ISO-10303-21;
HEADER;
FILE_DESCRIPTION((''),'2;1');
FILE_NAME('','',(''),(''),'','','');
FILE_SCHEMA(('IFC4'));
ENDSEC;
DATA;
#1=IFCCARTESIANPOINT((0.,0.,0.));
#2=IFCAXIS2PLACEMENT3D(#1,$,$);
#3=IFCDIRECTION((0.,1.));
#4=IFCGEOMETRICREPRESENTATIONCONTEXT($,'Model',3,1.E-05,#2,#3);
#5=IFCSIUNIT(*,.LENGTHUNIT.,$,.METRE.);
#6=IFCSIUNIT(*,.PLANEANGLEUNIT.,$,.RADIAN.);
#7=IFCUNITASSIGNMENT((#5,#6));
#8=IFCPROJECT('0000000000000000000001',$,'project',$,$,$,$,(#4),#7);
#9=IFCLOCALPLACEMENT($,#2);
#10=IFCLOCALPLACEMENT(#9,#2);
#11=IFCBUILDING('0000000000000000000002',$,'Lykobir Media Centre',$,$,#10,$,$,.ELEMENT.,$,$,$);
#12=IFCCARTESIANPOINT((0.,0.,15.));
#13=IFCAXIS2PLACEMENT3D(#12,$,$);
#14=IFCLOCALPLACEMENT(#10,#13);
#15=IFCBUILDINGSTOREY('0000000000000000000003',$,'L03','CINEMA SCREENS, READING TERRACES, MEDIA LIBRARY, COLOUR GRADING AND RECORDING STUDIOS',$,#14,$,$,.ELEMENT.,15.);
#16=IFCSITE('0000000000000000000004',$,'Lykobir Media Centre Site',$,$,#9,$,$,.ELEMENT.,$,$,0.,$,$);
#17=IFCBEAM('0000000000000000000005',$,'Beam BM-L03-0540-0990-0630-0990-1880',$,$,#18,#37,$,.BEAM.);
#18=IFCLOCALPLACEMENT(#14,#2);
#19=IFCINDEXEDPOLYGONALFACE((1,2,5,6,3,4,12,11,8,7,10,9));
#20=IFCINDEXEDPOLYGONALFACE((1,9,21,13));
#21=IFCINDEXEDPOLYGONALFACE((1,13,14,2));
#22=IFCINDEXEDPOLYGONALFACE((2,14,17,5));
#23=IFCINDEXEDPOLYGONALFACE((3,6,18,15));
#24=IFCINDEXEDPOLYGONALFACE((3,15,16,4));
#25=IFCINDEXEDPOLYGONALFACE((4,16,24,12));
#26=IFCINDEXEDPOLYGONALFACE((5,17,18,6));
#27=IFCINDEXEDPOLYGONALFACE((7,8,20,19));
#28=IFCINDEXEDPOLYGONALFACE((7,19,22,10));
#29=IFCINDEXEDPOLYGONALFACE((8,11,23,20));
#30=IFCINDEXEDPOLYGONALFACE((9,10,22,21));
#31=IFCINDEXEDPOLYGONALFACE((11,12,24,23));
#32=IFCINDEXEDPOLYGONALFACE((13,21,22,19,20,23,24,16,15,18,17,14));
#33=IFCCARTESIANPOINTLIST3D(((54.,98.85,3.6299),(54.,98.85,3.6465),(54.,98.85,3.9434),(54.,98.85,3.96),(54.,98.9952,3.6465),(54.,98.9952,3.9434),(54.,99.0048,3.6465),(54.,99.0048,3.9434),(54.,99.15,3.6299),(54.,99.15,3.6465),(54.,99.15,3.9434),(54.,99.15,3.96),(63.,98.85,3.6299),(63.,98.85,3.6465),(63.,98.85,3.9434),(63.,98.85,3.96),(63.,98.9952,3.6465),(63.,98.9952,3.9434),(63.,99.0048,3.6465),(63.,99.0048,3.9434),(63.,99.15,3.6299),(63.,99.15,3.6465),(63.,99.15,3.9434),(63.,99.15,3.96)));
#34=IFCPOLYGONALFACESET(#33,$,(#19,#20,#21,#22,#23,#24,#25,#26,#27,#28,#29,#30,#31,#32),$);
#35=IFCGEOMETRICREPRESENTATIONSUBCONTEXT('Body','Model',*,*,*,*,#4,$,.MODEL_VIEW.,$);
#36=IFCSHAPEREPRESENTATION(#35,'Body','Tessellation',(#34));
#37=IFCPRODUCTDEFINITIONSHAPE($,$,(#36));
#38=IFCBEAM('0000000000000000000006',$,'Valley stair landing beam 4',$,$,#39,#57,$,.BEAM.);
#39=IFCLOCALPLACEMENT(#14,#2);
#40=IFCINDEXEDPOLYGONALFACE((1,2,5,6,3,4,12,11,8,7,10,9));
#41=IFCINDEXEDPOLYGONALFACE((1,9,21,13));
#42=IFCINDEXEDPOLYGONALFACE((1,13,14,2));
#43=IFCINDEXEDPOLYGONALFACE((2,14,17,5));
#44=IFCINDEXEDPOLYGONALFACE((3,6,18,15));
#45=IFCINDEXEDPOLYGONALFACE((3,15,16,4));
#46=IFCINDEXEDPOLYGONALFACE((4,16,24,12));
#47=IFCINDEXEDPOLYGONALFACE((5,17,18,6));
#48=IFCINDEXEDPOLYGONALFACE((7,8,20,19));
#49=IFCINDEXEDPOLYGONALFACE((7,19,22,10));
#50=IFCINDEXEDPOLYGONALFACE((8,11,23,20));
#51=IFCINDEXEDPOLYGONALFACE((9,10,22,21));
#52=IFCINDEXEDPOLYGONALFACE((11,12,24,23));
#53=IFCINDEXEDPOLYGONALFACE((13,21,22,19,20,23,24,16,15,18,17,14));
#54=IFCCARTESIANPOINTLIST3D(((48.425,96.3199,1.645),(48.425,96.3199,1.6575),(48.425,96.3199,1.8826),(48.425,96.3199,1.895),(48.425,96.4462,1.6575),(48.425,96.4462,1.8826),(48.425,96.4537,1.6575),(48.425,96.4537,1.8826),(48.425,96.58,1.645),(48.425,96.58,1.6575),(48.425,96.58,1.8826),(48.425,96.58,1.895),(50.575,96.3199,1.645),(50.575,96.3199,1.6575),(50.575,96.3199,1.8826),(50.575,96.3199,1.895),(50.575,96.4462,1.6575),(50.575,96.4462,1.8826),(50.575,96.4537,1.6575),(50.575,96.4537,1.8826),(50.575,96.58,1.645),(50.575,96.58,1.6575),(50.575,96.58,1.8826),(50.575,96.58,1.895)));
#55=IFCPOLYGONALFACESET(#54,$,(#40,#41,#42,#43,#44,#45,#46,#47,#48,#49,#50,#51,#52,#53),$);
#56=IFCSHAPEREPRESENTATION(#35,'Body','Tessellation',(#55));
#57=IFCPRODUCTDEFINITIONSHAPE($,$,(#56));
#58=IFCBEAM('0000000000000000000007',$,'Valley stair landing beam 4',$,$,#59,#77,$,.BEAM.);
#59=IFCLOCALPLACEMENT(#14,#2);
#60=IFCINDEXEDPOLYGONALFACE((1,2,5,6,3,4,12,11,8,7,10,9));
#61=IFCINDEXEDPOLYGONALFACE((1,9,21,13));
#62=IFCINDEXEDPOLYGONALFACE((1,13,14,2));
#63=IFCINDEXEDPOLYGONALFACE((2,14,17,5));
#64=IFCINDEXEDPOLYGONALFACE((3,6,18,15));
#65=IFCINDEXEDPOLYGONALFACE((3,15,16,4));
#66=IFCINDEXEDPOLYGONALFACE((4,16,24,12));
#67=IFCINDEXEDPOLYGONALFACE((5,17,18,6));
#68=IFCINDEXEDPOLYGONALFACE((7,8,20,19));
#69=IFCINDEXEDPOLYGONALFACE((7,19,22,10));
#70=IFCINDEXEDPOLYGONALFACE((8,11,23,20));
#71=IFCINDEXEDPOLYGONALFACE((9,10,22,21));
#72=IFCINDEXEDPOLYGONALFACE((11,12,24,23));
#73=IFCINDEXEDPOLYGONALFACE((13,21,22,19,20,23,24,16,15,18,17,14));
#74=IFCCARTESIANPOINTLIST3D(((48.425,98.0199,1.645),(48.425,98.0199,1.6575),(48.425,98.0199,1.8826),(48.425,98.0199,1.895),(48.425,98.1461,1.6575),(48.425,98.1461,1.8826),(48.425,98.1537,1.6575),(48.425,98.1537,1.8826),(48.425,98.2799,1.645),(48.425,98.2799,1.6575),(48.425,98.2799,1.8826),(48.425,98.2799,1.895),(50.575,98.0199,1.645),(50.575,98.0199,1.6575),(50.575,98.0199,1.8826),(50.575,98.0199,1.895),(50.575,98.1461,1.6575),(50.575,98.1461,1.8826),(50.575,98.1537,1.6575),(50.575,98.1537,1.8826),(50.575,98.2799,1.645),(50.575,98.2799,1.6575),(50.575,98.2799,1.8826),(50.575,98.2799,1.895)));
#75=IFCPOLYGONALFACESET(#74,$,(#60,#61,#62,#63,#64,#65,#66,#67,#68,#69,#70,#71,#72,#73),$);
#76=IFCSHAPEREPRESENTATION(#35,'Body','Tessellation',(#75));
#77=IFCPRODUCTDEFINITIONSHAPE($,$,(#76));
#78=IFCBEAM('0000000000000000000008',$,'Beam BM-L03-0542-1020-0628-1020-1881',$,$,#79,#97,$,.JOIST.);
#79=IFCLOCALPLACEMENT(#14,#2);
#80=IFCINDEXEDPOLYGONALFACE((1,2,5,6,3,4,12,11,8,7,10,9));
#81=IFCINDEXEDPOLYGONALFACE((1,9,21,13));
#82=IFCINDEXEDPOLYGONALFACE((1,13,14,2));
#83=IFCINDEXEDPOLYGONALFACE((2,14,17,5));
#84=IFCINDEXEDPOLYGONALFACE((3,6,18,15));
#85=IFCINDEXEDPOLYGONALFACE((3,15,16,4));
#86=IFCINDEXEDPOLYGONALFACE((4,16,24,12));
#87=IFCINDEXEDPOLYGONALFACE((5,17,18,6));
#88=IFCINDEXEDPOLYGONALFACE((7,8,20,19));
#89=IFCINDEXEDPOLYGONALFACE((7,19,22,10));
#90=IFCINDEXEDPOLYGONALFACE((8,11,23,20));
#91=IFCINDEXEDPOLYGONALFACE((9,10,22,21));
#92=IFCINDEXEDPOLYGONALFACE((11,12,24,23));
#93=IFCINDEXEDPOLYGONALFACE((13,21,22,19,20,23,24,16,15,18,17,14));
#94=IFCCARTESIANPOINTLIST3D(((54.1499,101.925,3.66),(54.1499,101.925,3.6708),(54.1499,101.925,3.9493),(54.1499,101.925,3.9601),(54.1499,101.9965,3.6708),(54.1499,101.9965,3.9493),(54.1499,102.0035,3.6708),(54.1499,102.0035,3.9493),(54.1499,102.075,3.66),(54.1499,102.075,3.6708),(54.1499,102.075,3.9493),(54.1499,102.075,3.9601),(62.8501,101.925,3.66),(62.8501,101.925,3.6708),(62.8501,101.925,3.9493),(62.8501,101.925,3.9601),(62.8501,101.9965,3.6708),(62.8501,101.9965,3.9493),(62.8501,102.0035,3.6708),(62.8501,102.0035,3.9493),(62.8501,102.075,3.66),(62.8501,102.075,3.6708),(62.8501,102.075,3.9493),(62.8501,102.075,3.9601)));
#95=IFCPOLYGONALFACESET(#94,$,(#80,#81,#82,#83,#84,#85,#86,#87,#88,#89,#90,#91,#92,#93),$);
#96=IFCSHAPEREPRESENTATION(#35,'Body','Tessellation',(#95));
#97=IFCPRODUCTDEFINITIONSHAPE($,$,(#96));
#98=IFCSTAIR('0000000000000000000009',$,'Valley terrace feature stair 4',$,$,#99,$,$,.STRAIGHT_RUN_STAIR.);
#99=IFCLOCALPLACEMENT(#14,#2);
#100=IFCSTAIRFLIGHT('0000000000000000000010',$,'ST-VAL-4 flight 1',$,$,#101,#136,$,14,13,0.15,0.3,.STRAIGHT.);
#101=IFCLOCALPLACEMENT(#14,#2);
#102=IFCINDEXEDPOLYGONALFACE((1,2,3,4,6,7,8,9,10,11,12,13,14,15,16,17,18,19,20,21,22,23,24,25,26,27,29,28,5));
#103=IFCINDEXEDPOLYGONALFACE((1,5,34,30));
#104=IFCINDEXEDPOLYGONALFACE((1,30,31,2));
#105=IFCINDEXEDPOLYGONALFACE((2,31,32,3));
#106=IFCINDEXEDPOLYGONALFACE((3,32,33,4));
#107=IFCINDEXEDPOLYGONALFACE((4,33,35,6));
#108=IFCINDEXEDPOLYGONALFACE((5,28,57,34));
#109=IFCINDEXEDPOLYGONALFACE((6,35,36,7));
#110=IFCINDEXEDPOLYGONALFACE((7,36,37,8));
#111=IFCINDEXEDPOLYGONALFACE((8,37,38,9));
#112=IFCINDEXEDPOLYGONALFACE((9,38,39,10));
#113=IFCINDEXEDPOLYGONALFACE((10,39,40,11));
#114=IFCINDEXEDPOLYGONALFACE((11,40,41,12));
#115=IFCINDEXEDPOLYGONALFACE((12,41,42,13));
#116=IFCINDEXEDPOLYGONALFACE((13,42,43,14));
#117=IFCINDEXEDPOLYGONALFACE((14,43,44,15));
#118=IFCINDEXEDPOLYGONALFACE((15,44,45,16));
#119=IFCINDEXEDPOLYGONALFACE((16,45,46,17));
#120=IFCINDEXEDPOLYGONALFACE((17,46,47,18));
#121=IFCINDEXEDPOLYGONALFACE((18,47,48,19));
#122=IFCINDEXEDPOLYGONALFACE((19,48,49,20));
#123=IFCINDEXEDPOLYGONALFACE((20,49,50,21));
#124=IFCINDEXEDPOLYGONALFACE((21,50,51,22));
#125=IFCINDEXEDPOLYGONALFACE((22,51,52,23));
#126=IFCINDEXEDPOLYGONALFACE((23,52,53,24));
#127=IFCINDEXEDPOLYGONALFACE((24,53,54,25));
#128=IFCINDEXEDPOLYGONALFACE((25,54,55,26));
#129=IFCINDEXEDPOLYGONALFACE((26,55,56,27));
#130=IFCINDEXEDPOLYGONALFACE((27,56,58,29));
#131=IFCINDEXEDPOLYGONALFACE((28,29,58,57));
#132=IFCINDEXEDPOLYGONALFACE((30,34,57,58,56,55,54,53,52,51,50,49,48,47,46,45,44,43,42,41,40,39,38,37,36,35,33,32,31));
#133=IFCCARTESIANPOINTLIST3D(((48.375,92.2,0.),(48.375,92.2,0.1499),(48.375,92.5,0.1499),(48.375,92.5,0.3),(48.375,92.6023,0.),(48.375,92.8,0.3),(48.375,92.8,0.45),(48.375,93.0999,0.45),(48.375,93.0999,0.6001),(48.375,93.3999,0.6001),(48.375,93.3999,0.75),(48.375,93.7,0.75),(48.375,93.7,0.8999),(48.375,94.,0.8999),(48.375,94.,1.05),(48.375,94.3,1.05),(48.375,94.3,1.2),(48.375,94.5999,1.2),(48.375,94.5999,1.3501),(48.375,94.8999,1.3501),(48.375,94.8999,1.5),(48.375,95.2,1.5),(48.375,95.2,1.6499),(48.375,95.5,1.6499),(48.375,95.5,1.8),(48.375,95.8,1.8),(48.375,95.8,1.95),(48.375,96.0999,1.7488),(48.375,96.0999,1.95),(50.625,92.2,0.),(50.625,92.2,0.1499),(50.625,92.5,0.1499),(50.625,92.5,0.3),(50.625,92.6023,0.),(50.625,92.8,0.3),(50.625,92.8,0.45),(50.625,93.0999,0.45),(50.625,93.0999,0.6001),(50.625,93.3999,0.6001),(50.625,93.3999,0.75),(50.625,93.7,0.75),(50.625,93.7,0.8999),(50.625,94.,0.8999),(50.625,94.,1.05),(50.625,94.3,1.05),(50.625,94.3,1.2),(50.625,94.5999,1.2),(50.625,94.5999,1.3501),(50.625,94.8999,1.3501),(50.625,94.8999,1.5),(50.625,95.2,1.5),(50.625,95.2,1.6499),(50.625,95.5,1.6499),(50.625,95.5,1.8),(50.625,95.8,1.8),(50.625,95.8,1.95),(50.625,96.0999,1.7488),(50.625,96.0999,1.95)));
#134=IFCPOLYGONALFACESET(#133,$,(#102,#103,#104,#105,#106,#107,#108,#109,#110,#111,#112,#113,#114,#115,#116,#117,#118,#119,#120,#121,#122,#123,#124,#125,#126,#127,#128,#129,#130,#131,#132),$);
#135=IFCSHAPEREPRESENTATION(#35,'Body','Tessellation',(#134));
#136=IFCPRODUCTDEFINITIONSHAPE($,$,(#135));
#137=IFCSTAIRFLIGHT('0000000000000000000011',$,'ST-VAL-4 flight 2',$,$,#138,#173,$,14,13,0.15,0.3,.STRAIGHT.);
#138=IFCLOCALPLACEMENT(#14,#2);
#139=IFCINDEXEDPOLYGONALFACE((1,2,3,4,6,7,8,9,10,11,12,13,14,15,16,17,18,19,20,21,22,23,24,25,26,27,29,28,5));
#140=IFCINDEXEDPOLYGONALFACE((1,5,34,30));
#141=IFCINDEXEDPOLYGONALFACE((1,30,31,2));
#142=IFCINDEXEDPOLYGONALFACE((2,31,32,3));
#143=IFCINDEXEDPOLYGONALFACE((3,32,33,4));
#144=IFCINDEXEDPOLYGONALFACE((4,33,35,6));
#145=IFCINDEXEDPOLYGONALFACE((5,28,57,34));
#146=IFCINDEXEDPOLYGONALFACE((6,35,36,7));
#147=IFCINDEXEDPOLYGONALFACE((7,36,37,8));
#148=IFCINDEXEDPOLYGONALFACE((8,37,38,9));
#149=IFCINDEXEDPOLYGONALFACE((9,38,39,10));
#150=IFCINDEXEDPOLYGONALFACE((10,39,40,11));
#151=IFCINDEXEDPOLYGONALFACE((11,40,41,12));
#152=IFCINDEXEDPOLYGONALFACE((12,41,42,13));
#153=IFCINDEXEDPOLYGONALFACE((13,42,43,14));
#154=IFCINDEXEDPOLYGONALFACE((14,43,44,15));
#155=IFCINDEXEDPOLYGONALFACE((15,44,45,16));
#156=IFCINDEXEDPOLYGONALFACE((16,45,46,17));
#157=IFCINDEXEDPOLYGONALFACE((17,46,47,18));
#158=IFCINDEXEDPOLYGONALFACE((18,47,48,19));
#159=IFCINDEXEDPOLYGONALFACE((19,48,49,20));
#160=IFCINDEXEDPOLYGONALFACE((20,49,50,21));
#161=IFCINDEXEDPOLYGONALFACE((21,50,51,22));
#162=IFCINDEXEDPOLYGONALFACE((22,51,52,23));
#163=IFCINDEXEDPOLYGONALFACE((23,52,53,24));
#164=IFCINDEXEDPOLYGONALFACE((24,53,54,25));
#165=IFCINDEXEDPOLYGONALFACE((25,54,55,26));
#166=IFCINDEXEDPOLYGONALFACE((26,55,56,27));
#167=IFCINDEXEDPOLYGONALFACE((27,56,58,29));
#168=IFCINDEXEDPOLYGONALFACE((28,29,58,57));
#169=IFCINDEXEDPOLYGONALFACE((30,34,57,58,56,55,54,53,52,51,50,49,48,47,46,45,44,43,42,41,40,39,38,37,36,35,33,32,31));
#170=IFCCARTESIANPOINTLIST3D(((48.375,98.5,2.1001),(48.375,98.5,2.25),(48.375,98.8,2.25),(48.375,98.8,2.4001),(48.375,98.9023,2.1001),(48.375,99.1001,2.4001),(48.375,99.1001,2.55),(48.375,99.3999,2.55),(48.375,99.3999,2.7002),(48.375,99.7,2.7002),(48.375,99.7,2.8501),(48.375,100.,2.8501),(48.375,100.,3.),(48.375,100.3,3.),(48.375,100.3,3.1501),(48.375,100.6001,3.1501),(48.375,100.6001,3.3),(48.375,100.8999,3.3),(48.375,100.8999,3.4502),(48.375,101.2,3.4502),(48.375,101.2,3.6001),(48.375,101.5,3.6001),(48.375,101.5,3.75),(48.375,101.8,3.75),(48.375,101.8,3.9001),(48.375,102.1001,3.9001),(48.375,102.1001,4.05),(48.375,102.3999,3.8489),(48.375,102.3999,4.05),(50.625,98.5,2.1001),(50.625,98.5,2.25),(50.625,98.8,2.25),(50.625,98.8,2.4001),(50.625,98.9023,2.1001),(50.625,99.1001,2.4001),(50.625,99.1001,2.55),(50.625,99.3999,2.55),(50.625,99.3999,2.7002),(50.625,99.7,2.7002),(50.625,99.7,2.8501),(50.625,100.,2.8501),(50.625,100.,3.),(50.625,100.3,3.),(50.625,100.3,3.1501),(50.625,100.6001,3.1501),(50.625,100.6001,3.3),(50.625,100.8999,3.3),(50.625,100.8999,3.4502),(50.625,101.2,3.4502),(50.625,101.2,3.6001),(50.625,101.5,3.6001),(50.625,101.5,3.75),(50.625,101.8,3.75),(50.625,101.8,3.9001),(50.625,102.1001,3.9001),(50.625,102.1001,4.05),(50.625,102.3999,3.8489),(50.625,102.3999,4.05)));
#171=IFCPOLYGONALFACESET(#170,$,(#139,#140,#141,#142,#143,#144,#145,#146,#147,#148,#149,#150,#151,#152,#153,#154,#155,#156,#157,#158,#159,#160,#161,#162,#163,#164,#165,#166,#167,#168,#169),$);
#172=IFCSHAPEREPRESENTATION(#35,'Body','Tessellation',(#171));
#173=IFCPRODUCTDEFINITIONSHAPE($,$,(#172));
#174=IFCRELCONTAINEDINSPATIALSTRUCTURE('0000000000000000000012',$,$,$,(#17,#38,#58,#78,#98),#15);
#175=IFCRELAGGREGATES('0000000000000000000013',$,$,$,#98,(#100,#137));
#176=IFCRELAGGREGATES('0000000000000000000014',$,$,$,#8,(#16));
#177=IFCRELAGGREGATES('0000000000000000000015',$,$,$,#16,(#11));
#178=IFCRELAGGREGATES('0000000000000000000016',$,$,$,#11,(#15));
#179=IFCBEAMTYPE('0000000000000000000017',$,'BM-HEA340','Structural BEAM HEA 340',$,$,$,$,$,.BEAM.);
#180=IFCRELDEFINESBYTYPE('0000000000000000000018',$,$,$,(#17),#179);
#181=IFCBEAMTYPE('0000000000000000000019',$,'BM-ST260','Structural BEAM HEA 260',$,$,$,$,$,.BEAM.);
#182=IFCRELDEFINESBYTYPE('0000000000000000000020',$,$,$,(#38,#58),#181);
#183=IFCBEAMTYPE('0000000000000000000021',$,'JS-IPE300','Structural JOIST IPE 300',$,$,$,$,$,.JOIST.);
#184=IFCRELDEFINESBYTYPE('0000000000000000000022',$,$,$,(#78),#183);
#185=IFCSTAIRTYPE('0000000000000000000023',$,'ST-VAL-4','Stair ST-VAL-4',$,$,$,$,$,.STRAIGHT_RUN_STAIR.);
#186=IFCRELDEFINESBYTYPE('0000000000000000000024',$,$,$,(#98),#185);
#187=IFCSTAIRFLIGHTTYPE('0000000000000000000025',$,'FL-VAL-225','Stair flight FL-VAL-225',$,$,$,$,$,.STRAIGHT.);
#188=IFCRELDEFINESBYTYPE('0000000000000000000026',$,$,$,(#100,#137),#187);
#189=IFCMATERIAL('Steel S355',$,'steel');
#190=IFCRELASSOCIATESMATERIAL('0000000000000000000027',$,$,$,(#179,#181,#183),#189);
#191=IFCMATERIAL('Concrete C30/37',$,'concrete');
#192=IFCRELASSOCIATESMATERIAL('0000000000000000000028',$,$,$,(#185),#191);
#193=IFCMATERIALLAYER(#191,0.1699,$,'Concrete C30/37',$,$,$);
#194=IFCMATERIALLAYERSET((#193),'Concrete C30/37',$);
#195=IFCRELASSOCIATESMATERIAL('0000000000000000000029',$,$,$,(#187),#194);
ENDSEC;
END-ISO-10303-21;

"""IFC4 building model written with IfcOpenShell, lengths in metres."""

from ifc_helpers import new_model, si_unit, direction, frame, origin, origin_2d, place, context, subcontext, project, spatial, polyline, i_section, outline, extrude, material, layer, layer_set, material_profile, profile_set, type_object, element, aggregate, save


model = new_model("IFC4")

# Units and contexts
model_context = context("Model", 3, precision=1e-05, world=origin(), true_north=direction((0.0, 1.0)))
body_context = subcontext(model_context, "Body", "Model", "MODEL_VIEW")
ifc_project = project(units=[si_unit("LENGTHUNIT", "METRE"), si_unit("PLANEANGLEUNIT", "RADIAN")], contexts=[model_context])

# Site, building, storey
site_placement = place(None, origin())
site = spatial("IfcSite", under=ifc_project, at=site_placement, Name="Lykobir Media Centre Site", CompositionType="ELEMENT", RefElevation=0.0)
building_placement = place(site_placement, origin())
building = spatial("IfcBuilding", under=site, at=building_placement, Name="Lykobir Media Centre", CompositionType="ELEMENT")
storey_placement = place(building_placement, frame((0.0, 0.0, 15.0)))
storey = spatial("IfcBuildingStorey", under=building, at=storey_placement, Name="L03", Description="CINEMA SCREENS, READING TERRACES, MEDIA LIBRARY, COLOUR GRADING AND RECORDING STUDIOS", CompositionType="ELEMENT", Elevation=15.0)

# Shared definitions
ifc_material_1 = material(Name="Steel S355", Category="steel")

# Beams
ifc_material_profile_1 = material_profile(ifc_material_1, i_section(OverallWidth=0.3, OverallDepth=0.3301, WebThickness=0.0095, FlangeThickness=0.0166, at=origin_2d()), Name="HEA 340")
ifc_profile_set_1 = profile_set([ifc_material_profile_1], Name="Steel S355")
beam_type_1 = type_object("IfcBeamType", Name="BM-HEA340", Description="Structural BEAM HEA 340", PredefinedType="BEAM", material=ifc_profile_set_1)
beam_1_placement = place(storey_placement, frame((54.0, 99.0, 3.7949), z_axis=(1.0, 0.0, 0.0), x_axis=(0.0, 1.0, 0.0)))
element("IfcBeam", 1, at=beam_1_placement, inside=storey, type_object=beam_type_1, Name="Beam BM-L03-0540-0990-0630-0990-1880", PredefinedType="BEAM", context=body_context, shape_type="SweptSolid", body=[
    extrude(i_section(OverallWidth=0.3, OverallDepth=0.3301, WebThickness=0.0095, FlangeThickness=0.0166, at=origin_2d()), origin(), (0.0, 0.0, 1.0), 9.0),
])
ifc_material_profile_2 = material_profile(ifc_material_1, i_section(OverallWidth=0.26, OverallDepth=0.25, WebThickness=0.0076, FlangeThickness=0.0125, at=origin_2d()), Name="HEA 260")
ifc_profile_set_2 = profile_set([ifc_material_profile_2], Name="Steel S355")
beam_type_2 = type_object("IfcBeamType", Name="BM-ST260", Description="Structural BEAM HEA 260", PredefinedType="BEAM", material=ifc_profile_set_2)
for number, where, z_axis, x_axis, name in (
    (2, (48.425, 96.45, 1.77), (1.0, 0.0, 0.0), (0.0, 1.0, 0.0), "Valley stair landing beam 4"),
    (3, (48.425, 98.1499, 1.77), (1.0, 0.0, 0.0), (0.0, 1.0, 0.0), "Valley stair landing beam 4"),
):
    element("IfcBeam", number, at=place(storey_placement, frame(where, z_axis=z_axis, x_axis=x_axis)), inside=storey, type_object=beam_type_2, Name=name, PredefinedType="BEAM", context=body_context, shape_type="SweptSolid", body=[
        extrude(i_section(OverallWidth=0.26, OverallDepth=0.25, WebThickness=0.0076, FlangeThickness=0.0125, at=origin_2d()), origin(), (0.0, 0.0, 1.0), 2.1499),
    ])
ifc_material_profile_3 = material_profile(ifc_material_1, i_section(OverallWidth=0.1499, OverallDepth=0.3, WebThickness=0.0071, FlangeThickness=0.0107, at=origin_2d()), Name="IPE 300")
ifc_profile_set_3 = profile_set([ifc_material_profile_3], Name="Steel S355")
beam_type_3 = type_object("IfcBeamType", Name="JS-IPE300", Description="Structural JOIST IPE 300", PredefinedType="JOIST", material=ifc_profile_set_3)
beam_2_placement = place(storey_placement, frame((54.1499, 102.0, 3.8101), z_axis=(1.0, 0.0, 0.0), x_axis=(0.0, 1.0, 0.0)))
element("IfcBeam", 4, at=beam_2_placement, inside=storey, type_object=beam_type_3, Name="Beam BM-L03-0542-1020-0628-1020-1881", PredefinedType="JOIST", context=body_context, shape_type="SweptSolid", body=[
    extrude(i_section(OverallWidth=0.1499, OverallDepth=0.3, WebThickness=0.0071, FlangeThickness=0.0107, at=origin_2d()), origin(), (0.0, 0.0, 1.0), 8.7002),
])

# Stair, stair flights
ifc_material_2 = material(Name="Concrete C30/37", Category="concrete")
stair_type = type_object("IfcStairType", Name="ST-VAL-4", Description="Stair ST-VAL-4", PredefinedType="STRAIGHT_RUN_STAIR", material=ifc_material_2)
stair_placement = place(storey_placement, origin())
stair = element("IfcStair", 5, at=stair_placement, inside=storey, type_object=stair_type, Name="Valley terrace feature stair 4", PredefinedType="STRAIGHT_RUN_STAIR")
ifc_layer = layer(ifc_material_2, 0.1699, Name="Concrete C30/37")
ifc_layer_set = layer_set([ifc_layer], Name="Concrete C30/37")
stair_flight_type = type_object("IfcStairFlightType", Name="FL-VAL-225", Description="Stair flight FL-VAL-225", PredefinedType="STRAIGHT", material=ifc_layer_set)
stair_flight_1_placement = place(storey_placement, frame((49.5, 92.2, 0.0), z_axis=(0.0, 0.0, 1.0), x_axis=(0.0, 1.0, 0.0)))
stair_flight_1 = element("IfcStairFlight", 6, at=stair_flight_1_placement, type_object=stair_flight_type, Name="ST-VAL-4 flight 1", NumberOfRisers=14, NumberOfTreads=13, PredefinedType="STRAIGHT", RiserHeight=0.15, TreadLength=0.3, context=body_context, shape_type="SweptSolid", body=[
    extrude(outline(polyline([(0.0, 0.0), (0.0, 0.1499), (0.3, 0.1499), (0.3, 0.3), (0.6001, 0.3), (0.6001, 0.45), (0.8999, 0.45), (0.8999, 0.6001), (1.2, 0.6001), (1.2, 0.75), (1.5, 0.75), (1.5, 0.8999), (1.8, 0.8999), (1.8, 1.05), (2.1001, 1.05), (2.1001, 1.2), (2.3999, 1.2), (2.3999, 1.3501), (2.7, 1.3501), (2.7, 1.5), (3.0, 1.5), (3.0, 1.6499), (3.3, 1.6499), (3.3, 1.8), (3.6001, 1.8), (3.6001, 1.95), (3.8999, 1.95), (3.8999, 2.1001), (3.8999, 1.7488), (0.4023, 0.0), (0.0, 0.0)])), frame((0.0, 1.125, 0.0), z_axis=(0.0, -1.0, 0.0), x_axis=(1.0, 0.0, 0.0)), (0.0, 0.0, 1.0), 2.25),
])
stair_flight_2_placement = place(storey_placement, frame((49.5, 98.5, 2.1001), z_axis=(0.0, 0.0, 1.0), x_axis=(0.0, 1.0, 0.0)))
stair_flight_2 = element("IfcStairFlight", 7, at=stair_flight_2_placement, type_object=stair_flight_type, Name="ST-VAL-4 flight 2", NumberOfRisers=14, NumberOfTreads=13, PredefinedType="STRAIGHT", RiserHeight=0.15, TreadLength=0.3, context=body_context, shape_type="SweptSolid", body=[
    extrude(outline(polyline([(0.0, 0.0), (0.0, 0.1499), (0.3, 0.1499), (0.3, 0.3), (0.6001, 0.3), (0.6001, 0.45), (0.8999, 0.45), (0.8999, 0.6001), (1.2, 0.6001), (1.2, 0.75), (1.5, 0.75), (1.5, 0.8999), (1.8, 0.8999), (1.8, 1.05), (2.1001, 1.05), (2.1001, 1.2), (2.3999, 1.2), (2.3999, 1.3501), (2.7, 1.3501), (2.7, 1.5), (3.0, 1.5), (3.0, 1.6499), (3.3, 1.6499), (3.3, 1.8), (3.6001, 1.8), (3.6001, 1.95), (3.8999, 1.95), (3.8999, 2.1001), (3.8999, 1.7488), (0.4023, 0.0), (0.0, 0.0)])), frame((0.0, 1.125, 0.0), z_axis=(0.0, -1.0, 0.0), x_axis=(1.0, 0.0, 0.0)), (0.0, 0.0, 1.0), 2.25),
])
aggregate(stair, [stair_flight_1, stair_flight_2])

save(model, "model.ifc")
